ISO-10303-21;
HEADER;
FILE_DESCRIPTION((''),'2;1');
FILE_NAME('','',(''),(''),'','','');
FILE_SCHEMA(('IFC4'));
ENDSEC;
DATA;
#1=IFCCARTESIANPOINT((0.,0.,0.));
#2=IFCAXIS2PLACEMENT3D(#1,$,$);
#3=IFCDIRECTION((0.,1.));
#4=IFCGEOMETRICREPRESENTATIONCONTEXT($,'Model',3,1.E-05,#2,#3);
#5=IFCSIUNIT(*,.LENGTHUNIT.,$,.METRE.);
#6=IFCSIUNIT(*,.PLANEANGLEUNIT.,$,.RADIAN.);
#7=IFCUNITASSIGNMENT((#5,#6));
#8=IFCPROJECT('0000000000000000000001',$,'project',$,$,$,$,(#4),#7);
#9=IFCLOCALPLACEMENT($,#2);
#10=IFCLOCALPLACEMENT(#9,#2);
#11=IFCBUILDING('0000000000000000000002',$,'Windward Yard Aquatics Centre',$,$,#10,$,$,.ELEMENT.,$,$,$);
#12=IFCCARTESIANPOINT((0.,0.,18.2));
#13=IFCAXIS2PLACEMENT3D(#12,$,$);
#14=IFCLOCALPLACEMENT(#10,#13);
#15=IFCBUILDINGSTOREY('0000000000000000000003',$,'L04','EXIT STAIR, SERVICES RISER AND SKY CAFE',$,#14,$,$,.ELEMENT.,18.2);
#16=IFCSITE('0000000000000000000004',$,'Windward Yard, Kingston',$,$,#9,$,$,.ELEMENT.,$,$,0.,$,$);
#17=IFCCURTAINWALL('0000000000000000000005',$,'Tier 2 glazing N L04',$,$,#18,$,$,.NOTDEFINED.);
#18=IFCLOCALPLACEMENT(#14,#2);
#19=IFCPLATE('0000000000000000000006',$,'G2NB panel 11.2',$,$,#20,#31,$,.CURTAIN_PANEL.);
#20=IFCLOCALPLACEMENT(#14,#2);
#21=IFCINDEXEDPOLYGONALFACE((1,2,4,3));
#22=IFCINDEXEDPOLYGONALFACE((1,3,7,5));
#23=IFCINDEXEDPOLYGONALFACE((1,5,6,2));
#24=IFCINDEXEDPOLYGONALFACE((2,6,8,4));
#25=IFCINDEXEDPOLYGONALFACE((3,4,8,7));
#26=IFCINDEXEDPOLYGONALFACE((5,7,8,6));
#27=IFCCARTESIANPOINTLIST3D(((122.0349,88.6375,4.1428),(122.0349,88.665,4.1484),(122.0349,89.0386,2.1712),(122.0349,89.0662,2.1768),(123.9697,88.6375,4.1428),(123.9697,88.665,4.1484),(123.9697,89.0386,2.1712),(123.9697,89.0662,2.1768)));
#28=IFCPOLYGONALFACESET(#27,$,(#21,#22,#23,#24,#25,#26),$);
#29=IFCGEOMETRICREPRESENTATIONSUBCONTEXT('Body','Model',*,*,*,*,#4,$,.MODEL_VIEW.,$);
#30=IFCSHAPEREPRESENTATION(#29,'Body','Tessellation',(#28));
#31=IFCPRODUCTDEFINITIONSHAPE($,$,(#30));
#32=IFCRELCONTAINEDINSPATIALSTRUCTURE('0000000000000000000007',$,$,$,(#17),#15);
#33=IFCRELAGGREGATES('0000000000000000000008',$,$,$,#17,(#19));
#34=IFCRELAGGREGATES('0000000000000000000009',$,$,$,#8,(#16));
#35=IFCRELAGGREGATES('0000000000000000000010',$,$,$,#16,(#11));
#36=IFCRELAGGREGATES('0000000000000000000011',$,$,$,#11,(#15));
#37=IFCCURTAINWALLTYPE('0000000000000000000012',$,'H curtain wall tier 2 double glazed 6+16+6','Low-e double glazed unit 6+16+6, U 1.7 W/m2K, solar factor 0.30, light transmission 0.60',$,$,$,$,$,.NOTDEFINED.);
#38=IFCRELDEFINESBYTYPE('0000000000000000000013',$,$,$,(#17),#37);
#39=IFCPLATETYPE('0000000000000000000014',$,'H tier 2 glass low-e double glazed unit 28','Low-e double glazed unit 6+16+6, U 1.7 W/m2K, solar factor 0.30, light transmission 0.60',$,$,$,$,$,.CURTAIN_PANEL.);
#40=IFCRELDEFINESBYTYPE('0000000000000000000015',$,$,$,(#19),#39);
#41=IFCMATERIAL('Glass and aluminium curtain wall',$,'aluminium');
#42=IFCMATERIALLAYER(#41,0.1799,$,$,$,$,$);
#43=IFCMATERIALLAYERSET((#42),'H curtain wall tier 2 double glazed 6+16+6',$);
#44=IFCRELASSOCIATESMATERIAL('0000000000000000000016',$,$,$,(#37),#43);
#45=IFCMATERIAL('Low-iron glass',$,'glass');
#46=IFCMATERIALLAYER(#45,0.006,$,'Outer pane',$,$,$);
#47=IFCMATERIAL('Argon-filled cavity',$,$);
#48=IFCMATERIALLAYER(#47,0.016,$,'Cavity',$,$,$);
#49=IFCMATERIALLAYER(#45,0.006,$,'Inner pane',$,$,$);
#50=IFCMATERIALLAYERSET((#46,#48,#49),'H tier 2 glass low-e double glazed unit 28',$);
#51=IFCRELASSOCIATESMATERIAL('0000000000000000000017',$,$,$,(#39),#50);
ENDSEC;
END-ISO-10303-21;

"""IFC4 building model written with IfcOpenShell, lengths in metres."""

from ifc_helpers import new_model, si_unit, direction, frame, origin, place, context, subcontext, project, spatial, polyline, outline, extrude, material, layer, layer_set, type_object, element, aggregate, save


model = new_model("IFC4")

# Units and contexts
model_context = context("Model", 3, precision=1e-05, world=origin(), true_north=direction((0.0, 1.0)))
body_context = subcontext(model_context, "Body", "Model", "MODEL_VIEW")
ifc_project = project(units=[si_unit("LENGTHUNIT", "METRE"), si_unit("PLANEANGLEUNIT", "RADIAN")], contexts=[model_context])

# Site, building, storey
site_placement = place(None, origin())
site = spatial("IfcSite", under=ifc_project, at=site_placement, Name="Windward Yard, Kingston", CompositionType="ELEMENT", RefElevation=0.0)
building_placement = place(site_placement, origin())
building = spatial("IfcBuilding", under=site, at=building_placement, Name="Windward Yard Aquatics Centre", CompositionType="ELEMENT")
storey_placement = place(building_placement, frame((0.0, 0.0, 18.2)))
storey = spatial("IfcBuildingStorey", under=building, at=storey_placement, Name="L04", Description="EXIT STAIR, SERVICES RISER AND SKY CAFE", CompositionType="ELEMENT", Elevation=18.2)

# Curtain wall
ifc_material_1 = material(Name="Glass and aluminium curtain wall", Category="aluminium")
ifc_layer_1 = layer(ifc_material_1, 0.1799)
ifc_layer_set_1 = layer_set([ifc_layer_1], Name="H curtain wall tier 2 double glazed 6+16+6")
curtain_wall_type = type_object("IfcCurtainWallType", Name="H curtain wall tier 2 double glazed 6+16+6", Description="Low-e double glazed unit 6+16+6, U 1.7 W/m2K, solar factor 0.30, light transmission 0.60", PredefinedType="NOTDEFINED", material=ifc_layer_set_1)
curtain_wall_placement = place(storey_placement, origin())
curtain_wall = element("IfcCurtainWall", 1, at=curtain_wall_placement, inside=storey, type_object=curtain_wall_type, Name="Tier 2 glazing N L04", PredefinedType="NOTDEFINED")

# Plate
ifc_material_2 = material(Name="Low-iron glass", Category="glass")
ifc_layer_2 = layer(ifc_material_2, 0.006, Name="Outer pane")
ifc_material_3 = material(Name="Argon-filled cavity")
ifc_layer_3 = layer(ifc_material_3, 0.016, Name="Cavity")
ifc_layer_4 = layer(ifc_material_2, 0.006, Name="Inner pane")
ifc_layer_set_2 = layer_set([ifc_layer_2, ifc_layer_3, ifc_layer_4], Name="H tier 2 glass low-e double glazed unit 28")
plate_type = type_object("IfcPlateType", Name="H tier 2 glass low-e double glazed unit 28", Description="Low-e double glazed unit 6+16+6, U 1.7 W/m2K, solar factor 0.30, light transmission 0.60", PredefinedType="CURTAIN_PANEL", material=ifc_layer_set_2)
plate_1_placement = place(storey_placement, frame((122.0349, 88.665, 4.1484), z_axis=(0.0, 0.979927, 0.199359), x_axis=(0.0, 0.199359, -0.979927)))
plate_1 = element("IfcPlate", 2, at=plate_1_placement, type_object=plate_type, Name="G2NB panel 11.2", PredefinedType="CURTAIN_PANEL", context=body_context, shape_type="SweptSolid", body=[
    extrude(outline(polyline([(0.0, 0.0), (2.0121, 0.0), (2.0121, -1.9348), (0.0, -1.9348), (0.0, 0.0)])), origin(), (0.0, 0.0, -1.0), 0.0281),
])
aggregate(curtain_wall, [plate_1])

save(model, "model.ifc")
